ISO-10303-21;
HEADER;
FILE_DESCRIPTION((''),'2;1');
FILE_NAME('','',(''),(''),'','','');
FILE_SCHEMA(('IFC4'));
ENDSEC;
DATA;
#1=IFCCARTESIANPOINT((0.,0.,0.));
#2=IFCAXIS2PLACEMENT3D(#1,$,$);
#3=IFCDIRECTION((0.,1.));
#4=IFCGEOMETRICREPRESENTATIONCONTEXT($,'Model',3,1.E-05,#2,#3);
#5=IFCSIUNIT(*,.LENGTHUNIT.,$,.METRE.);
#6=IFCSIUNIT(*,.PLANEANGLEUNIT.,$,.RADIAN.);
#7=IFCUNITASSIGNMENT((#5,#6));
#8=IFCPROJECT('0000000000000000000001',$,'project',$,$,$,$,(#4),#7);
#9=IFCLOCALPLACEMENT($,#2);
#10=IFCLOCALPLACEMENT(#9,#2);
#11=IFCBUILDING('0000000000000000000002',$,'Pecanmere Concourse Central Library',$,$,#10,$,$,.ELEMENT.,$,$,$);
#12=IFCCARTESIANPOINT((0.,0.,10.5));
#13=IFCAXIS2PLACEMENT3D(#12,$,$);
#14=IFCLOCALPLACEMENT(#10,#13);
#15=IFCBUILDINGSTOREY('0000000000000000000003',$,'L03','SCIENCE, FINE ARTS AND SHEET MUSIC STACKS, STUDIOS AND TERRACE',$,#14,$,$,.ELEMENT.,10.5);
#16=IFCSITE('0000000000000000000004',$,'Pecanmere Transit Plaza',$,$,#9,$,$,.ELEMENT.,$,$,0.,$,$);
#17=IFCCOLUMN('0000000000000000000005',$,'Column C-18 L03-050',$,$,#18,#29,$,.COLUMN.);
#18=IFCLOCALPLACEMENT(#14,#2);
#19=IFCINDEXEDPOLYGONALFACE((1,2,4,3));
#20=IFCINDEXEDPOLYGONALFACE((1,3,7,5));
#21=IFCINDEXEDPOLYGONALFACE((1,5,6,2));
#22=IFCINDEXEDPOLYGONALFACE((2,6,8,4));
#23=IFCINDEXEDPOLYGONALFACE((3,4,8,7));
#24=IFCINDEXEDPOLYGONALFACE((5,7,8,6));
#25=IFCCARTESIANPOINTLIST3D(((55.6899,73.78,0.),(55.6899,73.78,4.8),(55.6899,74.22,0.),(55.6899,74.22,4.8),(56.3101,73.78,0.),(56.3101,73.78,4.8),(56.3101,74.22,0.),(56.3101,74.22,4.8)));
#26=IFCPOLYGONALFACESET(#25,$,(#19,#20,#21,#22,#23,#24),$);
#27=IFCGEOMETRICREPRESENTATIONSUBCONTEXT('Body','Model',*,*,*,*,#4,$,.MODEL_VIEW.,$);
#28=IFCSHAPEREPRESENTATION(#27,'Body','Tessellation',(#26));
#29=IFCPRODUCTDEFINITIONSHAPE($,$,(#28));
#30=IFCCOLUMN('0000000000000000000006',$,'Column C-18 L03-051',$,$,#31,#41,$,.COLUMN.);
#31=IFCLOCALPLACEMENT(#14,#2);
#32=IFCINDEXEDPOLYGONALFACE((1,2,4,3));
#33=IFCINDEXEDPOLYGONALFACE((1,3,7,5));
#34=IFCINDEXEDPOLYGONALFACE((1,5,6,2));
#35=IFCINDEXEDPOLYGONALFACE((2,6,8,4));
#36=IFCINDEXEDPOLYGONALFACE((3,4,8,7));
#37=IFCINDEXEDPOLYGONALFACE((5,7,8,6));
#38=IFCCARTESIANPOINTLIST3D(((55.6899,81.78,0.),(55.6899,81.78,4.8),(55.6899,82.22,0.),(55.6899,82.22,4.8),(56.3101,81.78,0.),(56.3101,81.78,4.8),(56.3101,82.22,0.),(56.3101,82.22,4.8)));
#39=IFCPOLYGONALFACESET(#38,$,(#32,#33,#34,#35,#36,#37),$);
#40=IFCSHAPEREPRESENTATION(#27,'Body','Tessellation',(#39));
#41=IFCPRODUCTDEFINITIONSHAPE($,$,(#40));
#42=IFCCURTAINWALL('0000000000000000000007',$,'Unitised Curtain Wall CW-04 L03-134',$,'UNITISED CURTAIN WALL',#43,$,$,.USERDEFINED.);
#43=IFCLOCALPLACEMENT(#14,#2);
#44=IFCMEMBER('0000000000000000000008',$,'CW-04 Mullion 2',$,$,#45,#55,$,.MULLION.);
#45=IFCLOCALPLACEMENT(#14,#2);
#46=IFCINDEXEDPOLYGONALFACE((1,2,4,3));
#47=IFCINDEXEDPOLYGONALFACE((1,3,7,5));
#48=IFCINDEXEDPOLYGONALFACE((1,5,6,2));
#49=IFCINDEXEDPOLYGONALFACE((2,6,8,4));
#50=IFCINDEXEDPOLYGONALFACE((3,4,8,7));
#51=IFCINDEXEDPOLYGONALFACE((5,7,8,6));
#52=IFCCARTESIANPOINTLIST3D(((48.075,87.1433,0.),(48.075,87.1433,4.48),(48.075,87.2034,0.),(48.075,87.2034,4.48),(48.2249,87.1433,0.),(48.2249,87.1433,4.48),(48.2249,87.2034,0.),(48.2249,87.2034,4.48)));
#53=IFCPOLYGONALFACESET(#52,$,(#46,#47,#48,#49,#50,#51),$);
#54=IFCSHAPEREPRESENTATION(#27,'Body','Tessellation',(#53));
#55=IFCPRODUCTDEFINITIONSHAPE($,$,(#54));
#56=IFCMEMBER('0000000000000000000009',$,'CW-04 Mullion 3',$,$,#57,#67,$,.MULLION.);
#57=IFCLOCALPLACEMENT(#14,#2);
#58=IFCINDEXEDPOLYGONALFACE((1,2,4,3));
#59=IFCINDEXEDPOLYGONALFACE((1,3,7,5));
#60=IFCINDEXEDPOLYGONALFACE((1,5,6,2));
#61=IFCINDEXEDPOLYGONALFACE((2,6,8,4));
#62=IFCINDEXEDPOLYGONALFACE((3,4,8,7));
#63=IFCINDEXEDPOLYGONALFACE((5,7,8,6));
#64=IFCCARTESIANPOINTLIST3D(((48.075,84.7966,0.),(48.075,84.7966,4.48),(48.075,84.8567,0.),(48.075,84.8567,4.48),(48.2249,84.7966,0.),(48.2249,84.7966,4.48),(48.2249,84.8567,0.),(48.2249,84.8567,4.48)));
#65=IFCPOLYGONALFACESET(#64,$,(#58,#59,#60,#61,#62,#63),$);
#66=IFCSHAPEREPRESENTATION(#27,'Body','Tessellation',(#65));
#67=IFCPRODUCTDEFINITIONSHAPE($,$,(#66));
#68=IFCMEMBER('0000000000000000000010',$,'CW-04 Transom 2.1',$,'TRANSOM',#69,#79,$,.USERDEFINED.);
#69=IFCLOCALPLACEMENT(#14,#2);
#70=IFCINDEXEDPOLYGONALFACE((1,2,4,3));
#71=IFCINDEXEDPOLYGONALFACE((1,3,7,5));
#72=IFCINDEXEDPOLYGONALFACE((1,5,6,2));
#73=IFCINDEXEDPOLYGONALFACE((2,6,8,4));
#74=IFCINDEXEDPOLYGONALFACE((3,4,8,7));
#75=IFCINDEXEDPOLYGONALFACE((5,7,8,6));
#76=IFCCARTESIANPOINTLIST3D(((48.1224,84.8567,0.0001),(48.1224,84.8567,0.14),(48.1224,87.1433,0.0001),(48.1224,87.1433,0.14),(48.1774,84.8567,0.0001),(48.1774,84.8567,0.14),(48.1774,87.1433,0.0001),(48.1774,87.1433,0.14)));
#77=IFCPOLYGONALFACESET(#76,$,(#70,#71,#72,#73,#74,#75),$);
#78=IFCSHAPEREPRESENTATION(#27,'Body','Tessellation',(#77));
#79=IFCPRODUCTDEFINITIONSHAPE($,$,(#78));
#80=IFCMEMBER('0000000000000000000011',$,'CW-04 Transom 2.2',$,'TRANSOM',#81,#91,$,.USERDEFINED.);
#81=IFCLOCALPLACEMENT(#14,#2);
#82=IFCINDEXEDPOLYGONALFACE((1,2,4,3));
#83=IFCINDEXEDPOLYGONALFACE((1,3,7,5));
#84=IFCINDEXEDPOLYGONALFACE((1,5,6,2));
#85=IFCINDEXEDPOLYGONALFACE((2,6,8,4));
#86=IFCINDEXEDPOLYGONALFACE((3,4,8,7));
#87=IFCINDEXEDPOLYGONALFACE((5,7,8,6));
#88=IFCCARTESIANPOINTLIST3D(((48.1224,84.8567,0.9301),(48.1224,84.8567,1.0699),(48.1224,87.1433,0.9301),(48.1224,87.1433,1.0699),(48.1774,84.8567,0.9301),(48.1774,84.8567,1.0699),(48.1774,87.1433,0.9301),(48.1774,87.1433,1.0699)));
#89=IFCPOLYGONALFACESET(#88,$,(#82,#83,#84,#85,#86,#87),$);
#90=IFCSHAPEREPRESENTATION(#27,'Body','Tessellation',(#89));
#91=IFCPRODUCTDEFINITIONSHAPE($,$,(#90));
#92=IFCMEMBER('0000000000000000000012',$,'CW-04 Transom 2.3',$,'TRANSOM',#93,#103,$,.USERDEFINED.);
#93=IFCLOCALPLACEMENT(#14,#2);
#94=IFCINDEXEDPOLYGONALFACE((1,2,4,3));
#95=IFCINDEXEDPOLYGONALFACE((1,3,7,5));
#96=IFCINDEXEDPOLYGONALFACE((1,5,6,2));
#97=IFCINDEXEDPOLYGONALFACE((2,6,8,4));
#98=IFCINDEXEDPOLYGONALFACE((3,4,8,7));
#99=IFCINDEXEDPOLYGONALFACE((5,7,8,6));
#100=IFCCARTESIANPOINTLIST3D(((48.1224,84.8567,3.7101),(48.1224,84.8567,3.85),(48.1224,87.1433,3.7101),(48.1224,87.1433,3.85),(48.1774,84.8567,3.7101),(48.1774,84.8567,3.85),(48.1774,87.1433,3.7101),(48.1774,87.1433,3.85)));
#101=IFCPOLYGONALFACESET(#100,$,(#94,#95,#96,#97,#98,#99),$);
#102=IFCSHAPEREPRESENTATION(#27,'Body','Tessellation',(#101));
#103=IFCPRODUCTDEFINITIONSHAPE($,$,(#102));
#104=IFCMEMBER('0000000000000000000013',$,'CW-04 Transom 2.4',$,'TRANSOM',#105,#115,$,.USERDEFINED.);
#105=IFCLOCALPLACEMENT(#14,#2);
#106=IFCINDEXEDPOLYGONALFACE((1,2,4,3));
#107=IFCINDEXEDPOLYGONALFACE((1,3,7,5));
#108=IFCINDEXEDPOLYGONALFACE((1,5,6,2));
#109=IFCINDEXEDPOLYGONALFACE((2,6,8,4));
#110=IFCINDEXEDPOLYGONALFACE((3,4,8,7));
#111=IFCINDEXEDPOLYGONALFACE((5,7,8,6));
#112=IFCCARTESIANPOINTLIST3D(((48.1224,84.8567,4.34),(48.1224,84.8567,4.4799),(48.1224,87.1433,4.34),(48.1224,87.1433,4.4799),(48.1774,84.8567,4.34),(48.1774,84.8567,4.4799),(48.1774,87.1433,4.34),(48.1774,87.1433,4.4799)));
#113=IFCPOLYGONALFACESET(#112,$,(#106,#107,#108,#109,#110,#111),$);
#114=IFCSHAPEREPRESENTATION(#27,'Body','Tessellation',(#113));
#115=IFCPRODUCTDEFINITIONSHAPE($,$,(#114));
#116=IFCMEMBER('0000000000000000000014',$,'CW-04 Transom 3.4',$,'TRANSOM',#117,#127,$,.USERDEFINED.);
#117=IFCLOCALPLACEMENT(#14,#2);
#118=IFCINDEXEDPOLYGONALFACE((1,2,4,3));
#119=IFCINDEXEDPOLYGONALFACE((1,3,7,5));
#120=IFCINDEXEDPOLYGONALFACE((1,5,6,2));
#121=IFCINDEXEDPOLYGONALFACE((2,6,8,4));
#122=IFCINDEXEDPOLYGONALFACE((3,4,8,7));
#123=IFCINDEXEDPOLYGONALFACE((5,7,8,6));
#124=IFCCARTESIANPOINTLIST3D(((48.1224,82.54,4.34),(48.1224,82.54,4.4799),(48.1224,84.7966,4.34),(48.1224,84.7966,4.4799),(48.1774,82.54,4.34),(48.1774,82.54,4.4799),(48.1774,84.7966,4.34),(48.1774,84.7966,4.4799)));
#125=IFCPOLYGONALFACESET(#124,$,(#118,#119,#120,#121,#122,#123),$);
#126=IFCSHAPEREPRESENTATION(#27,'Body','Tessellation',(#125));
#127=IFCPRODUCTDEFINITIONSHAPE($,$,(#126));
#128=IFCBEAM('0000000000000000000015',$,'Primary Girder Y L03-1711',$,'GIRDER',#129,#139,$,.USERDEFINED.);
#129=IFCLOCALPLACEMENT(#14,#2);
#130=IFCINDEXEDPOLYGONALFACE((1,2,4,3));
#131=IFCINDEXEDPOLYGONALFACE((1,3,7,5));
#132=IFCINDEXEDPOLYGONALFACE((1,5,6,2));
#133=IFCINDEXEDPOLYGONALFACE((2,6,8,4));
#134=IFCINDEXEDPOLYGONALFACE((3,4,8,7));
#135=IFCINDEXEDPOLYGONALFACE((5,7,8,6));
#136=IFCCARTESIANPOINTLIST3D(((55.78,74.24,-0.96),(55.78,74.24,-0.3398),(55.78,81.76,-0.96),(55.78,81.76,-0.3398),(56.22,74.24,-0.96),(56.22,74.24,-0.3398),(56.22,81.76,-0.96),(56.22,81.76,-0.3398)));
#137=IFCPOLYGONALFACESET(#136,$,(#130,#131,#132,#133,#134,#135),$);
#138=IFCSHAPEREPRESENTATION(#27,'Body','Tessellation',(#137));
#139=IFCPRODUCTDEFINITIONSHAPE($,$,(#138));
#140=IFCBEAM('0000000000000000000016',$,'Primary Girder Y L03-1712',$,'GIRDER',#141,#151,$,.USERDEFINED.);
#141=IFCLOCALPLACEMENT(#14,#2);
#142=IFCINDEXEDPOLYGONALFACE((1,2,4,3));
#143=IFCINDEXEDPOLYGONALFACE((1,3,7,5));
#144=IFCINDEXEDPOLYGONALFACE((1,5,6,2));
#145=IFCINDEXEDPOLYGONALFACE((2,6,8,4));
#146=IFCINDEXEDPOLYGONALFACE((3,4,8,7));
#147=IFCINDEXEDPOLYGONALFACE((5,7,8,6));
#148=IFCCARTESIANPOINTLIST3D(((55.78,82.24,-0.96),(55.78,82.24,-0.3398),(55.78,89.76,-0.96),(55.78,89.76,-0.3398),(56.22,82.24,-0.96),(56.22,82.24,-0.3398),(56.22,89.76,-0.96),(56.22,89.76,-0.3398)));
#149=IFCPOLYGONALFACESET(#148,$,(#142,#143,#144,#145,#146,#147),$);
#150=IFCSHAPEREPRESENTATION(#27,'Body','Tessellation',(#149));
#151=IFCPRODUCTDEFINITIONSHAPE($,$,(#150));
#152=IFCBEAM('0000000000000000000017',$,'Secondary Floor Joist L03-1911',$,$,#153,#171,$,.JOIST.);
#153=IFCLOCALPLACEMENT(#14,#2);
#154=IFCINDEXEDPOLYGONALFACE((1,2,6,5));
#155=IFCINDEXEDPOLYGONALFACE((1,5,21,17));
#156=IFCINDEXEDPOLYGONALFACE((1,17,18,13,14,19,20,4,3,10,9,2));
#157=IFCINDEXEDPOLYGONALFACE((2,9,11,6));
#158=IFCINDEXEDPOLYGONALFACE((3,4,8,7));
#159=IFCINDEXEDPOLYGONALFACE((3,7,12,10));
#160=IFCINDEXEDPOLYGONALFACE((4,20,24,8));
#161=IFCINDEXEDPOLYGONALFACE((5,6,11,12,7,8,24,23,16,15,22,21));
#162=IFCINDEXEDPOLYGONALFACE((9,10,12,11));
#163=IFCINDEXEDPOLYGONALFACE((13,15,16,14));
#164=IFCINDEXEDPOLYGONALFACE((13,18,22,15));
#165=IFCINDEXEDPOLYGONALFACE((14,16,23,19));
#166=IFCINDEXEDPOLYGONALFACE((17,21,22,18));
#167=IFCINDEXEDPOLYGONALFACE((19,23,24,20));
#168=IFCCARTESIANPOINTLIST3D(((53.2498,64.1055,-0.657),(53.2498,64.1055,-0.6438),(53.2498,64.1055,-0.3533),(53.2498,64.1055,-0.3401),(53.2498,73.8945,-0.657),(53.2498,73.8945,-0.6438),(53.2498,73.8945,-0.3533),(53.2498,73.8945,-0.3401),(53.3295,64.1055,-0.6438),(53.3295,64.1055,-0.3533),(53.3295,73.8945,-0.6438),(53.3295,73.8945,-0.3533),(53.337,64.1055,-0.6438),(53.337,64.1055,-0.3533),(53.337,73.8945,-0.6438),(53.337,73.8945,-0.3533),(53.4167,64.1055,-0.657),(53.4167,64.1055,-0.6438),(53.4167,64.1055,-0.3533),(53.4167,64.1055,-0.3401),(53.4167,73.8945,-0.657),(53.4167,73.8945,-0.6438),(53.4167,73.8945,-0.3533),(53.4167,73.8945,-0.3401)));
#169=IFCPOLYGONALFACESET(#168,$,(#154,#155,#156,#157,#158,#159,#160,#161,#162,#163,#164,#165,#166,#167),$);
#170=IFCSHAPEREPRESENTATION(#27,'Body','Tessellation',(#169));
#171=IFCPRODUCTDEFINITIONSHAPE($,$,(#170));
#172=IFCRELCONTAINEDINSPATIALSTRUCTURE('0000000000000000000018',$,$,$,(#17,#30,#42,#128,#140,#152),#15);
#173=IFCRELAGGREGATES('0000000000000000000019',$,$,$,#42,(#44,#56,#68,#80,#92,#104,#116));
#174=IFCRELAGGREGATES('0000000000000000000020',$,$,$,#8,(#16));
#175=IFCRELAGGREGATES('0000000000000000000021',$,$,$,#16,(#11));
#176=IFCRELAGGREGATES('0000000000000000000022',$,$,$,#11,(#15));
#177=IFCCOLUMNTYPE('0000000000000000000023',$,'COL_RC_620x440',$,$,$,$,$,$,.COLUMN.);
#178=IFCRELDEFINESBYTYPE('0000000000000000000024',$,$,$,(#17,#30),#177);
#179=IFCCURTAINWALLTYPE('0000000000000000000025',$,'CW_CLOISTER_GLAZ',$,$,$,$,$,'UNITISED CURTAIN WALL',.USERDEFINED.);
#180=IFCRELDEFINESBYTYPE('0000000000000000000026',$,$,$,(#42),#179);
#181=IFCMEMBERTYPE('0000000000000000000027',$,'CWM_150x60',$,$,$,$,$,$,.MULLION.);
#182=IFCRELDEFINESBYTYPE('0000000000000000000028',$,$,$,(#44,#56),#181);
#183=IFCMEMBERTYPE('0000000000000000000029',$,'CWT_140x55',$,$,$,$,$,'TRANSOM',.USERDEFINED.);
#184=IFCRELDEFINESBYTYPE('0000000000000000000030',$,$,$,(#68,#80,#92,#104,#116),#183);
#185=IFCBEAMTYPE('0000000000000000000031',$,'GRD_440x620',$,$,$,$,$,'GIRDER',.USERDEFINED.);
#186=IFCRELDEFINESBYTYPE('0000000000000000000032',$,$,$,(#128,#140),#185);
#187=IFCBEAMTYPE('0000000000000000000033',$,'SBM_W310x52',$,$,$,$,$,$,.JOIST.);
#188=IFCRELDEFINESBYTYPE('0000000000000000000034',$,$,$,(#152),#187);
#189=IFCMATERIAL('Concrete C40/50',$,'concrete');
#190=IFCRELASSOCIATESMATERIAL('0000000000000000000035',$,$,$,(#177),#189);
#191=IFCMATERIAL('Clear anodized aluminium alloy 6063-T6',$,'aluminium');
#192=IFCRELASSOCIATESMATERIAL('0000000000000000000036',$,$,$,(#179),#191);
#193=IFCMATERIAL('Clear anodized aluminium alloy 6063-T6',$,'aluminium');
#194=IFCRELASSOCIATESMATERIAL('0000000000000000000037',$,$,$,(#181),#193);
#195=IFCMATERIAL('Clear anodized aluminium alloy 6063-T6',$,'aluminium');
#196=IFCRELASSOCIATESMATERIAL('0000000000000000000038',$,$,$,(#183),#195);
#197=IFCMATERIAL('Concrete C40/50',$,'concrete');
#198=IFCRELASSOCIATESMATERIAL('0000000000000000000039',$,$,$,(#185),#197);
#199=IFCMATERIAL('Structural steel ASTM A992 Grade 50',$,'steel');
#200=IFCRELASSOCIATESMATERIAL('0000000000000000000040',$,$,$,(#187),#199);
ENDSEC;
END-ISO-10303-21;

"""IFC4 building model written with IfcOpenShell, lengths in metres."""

from ifc_helpers import new_model, si_unit, direction, frame, origin, origin_2d, place, context, subcontext, project, spatial, rectangle, i_section, extrude, material, material_profile, profile_set, type_object, element, aggregate, save


model = new_model("IFC4")

# Units and contexts
model_context = context("Model", 3, precision=1e-05, world=origin(), true_north=direction((0.0, 1.0)))
body_context = subcontext(model_context, "Body", "Model", "MODEL_VIEW")
ifc_project = project(units=[si_unit("LENGTHUNIT", "METRE"), si_unit("PLANEANGLEUNIT", "RADIAN")], contexts=[model_context])

# Site, building, storey
site_placement = place(None, origin())
site = spatial("IfcSite", under=ifc_project, at=site_placement, Name="Pecanmere Transit Plaza", CompositionType="ELEMENT", RefElevation=0.0)
building_placement = place(site_placement, origin())
building = spatial("IfcBuilding", under=site, at=building_placement, Name="Pecanmere Concourse Central Library", CompositionType="ELEMENT")
storey_placement = place(building_placement, frame((0.0, 0.0, 10.5)))
storey = spatial("IfcBuildingStorey", under=building, at=storey_placement, Name="L03", Description="SCIENCE, FINE ARTS AND SHEET MUSIC STACKS, STUDIOS AND TERRACE", CompositionType="ELEMENT", Elevation=10.5)

# Columns
ifc_material_1 = material(Name="Concrete C40/50", Category="concrete")
ifc_material_profile_1 = material_profile(ifc_material_1, rectangle(XDim=0.6201, YDim=0.4399, at=origin_2d()), Name="RC 620x440")
ifc_profile_set_1 = profile_set([ifc_material_profile_1], Name="Concrete C40/50")
column_type = type_object("IfcColumnType", Name="COL_RC_620x440", PredefinedType="COLUMN", material=ifc_profile_set_1)
for number, where, z_axis, x_axis, name in (
    (1, (56.0, 74.0, 0.0), (0.0, 0.0, 1.0), (1.0, 0.0, 0.0), "Column C-18 L03-050"),
    (2, (56.0, 82.0, 0.0), (0.0, 0.0, 1.0), (1.0, 0.0, 0.0), "Column C-18 L03-051"),
):
    element("IfcColumn", number, at=place(storey_placement, frame(where, z_axis=z_axis, x_axis=x_axis)), inside=storey, type_object=column_type, Name=name, PredefinedType="COLUMN", context=body_context, shape_type="SweptSolid", body=[
        extrude(rectangle(XDim=0.6201, YDim=0.4399, at=origin_2d()), origin(), (0.0, 0.0, 1.0), 4.8),
    ])

# Curtain wall, members
ifc_material_2 = material(Name="Clear anodized aluminium alloy 6063-T6", Category="aluminium")
curtain_wall_type = type_object("IfcCurtainWallType", Name="CW_CLOISTER_GLAZ", ElementType="UNITISED CURTAIN WALL", PredefinedType="USERDEFINED", material=ifc_material_2)
curtain_wall_placement = place(storey_placement, origin())
curtain_wall = element("IfcCurtainWall", 3, at=curtain_wall_placement, inside=storey, type_object=curtain_wall_type, Name="Unitised Curtain Wall CW-04 L03-134", ObjectType="UNITISED CURTAIN WALL", PredefinedType="USERDEFINED")
ifc_material_3 = material(Name="Clear anodized aluminium alloy 6063-T6", Category="aluminium")
ifc_material_profile_2 = material_profile(ifc_material_3, rectangle(XDim=0.0601, YDim=0.1499, at=origin_2d()), Name="AL 60x150")
ifc_profile_set_2 = profile_set([ifc_material_profile_2], Name="Clear anodized aluminium alloy 6063-T6")
member_type_1 = type_object("IfcMemberType", Name="CWM_150x60", PredefinedType="MULLION", material=ifc_profile_set_2)
member_1_placement = place(storey_placement, frame((48.1499, 87.1733, 0.0), z_axis=(0.0, 0.0, 1.0), x_axis=(0.0, -1.0, 0.0)))
member_1 = element("IfcMember", 4, at=member_1_placement, type_object=member_type_1, Name="CW-04 Mullion 2", PredefinedType="MULLION", context=body_context, shape_type="SweptSolid", body=[
    extrude(rectangle(XDim=0.0601, YDim=0.1499, at=origin_2d()), origin(), (0.0, 0.0, 1.0), 4.48),
])
member_2_placement = place(storey_placement, frame((48.1499, 84.8267, 0.0), z_axis=(0.0, 0.0, 1.0), x_axis=(0.0, -1.0, 0.0)))
member_2 = element("IfcMember", 5, at=member_2_placement, type_object=member_type_1, Name="CW-04 Mullion 3", PredefinedType="MULLION", context=body_context, shape_type="SweptSolid", body=[
    extrude(rectangle(XDim=0.0601, YDim=0.1499, at=origin_2d()), origin(), (0.0, 0.0, 1.0), 4.48),
])
ifc_material_4 = material(Name="Clear anodized aluminium alloy 6063-T6", Category="aluminium")
ifc_material_profile_3 = material_profile(ifc_material_4, rectangle(XDim=0.0549, YDim=0.1399, at=origin_2d()), Name="AL 55x140")
ifc_profile_set_3 = profile_set([ifc_material_profile_3], Name="Clear anodized aluminium alloy 6063-T6")
member_type_2 = type_object("IfcMemberType", Name="CWT_140x55", ElementType="TRANSOM", PredefinedType="USERDEFINED", material=ifc_profile_set_3)
member_3_placement = place(storey_placement, frame((48.1499, 87.1433, 0.0701), z_axis=(0.0, -1.0, 0.0), x_axis=(1.0, 0.0, 0.0)))
member_3 = element("IfcMember", 6, at=member_3_placement, type_object=member_type_2, Name="CW-04 Transom 2.1", ObjectType="TRANSOM", PredefinedType="USERDEFINED", context=body_context, shape_type="SweptSolid", body=[
    extrude(rectangle(XDim=0.0549, YDim=0.1399, at=origin_2d()), origin(), (0.0, 0.0, 1.0), 2.2866),
])
member_4_placement = place(storey_placement, frame((48.1499, 87.1433, 1.0), z_axis=(0.0, -1.0, 0.0), x_axis=(1.0, 0.0, 0.0)))
member_4 = element("IfcMember", 7, at=member_4_placement, type_object=member_type_2, Name="CW-04 Transom 2.2", ObjectType="TRANSOM", PredefinedType="USERDEFINED", context=body_context, shape_type="SweptSolid", body=[
    extrude(rectangle(XDim=0.0549, YDim=0.1399, at=origin_2d()), origin(), (0.0, 0.0, 1.0), 2.2866),
])
member_5_placement = place(storey_placement, frame((48.1499, 87.1433, 3.78), z_axis=(0.0, -1.0, 0.0), x_axis=(1.0, 0.0, 0.0)))
member_5 = element("IfcMember", 8, at=member_5_placement, type_object=member_type_2, Name="CW-04 Transom 2.3", ObjectType="TRANSOM", PredefinedType="USERDEFINED", context=body_context, shape_type="SweptSolid", body=[
    extrude(rectangle(XDim=0.0549, YDim=0.1399, at=origin_2d()), origin(), (0.0, 0.0, 1.0), 2.2866),
])
member_6_placement = place(storey_placement, frame((48.1499, 87.1433, 4.4099), z_axis=(0.0, -1.0, 0.0), x_axis=(1.0, 0.0, 0.0)))
member_6 = element("IfcMember", 9, at=member_6_placement, type_object=member_type_2, Name="CW-04 Transom 2.4", ObjectType="TRANSOM", PredefinedType="USERDEFINED", context=body_context, shape_type="SweptSolid", body=[
    extrude(rectangle(XDim=0.0549, YDim=0.1399, at=origin_2d()), origin(), (0.0, 0.0, 1.0), 2.2866),
])
member_7_placement = place(storey_placement, frame((48.1499, 84.7966, 4.4099), z_axis=(0.0, -1.0, 0.0), x_axis=(1.0, 0.0, 0.0)))
member_7 = element("IfcMember", 10, at=member_7_placement, type_object=member_type_2, Name="CW-04 Transom 3.4", ObjectType="TRANSOM", PredefinedType="USERDEFINED", context=body_context, shape_type="SweptSolid", body=[
    extrude(rectangle(XDim=0.0549, YDim=0.1399, at=origin_2d()), origin(), (0.0, 0.0, 1.0), 2.2566),
])

# Beams
ifc_material_5 = material(Name="Concrete C40/50", Category="concrete")
ifc_material_profile_4 = material_profile(ifc_material_5, rectangle(XDim=0.4399, YDim=0.6201, at=origin_2d()), Name="RC 440x620")
ifc_profile_set_4 = profile_set([ifc_material_profile_4], Name="Concrete C40/50")
beam_type_1 = type_object("IfcBeamType", Name="GRD_440x620", ElementType="GIRDER", PredefinedType="USERDEFINED", material=ifc_profile_set_4)
for number, where, z_axis, x_axis, name in (
    (11, (56.0, 74.24, -0.6499), (0.0, 1.0, 0.0), (-1.0, 0.0, 0.0), "Primary Girder Y L03-1711"),
    (12, (56.0, 82.24, -0.6499), (0.0, 1.0, 0.0), (-1.0, 0.0, 0.0), "Primary Girder Y L03-1712"),
):
    element("IfcBeam", number, at=place(storey_placement, frame(where, z_axis=z_axis, x_axis=x_axis)), inside=storey, type_object=beam_type_1, Name=name, ObjectType="GIRDER", PredefinedType="USERDEFINED", context=body_context, shape_type="SweptSolid", body=[
        extrude(rectangle(XDim=0.4399, YDim=0.6201, at=origin_2d()), origin(), (0.0, 0.0, 1.0), 7.52),
    ])
ifc_material_6 = material(Name="Structural steel ASTM A992 Grade 50", Category="steel")
ifc_material_profile_5 = material_profile(ifc_material_6, i_section(OverallWidth=0.167, OverallDepth=0.3169, WebThickness=0.0076, FlangeThickness=0.0132, at=origin_2d()), Name="W310x52")
ifc_profile_set_5 = profile_set([ifc_material_profile_5], Name="Structural steel ASTM A992 Grade 50")
beam_type_2 = type_object("IfcBeamType", Name="SBM_W310x52", PredefinedType="JOIST", material=ifc_profile_set_5)
beam_1_placement = place(storey_placement, frame((53.3333, 64.1055, -0.4985), z_axis=(0.0, 1.0, 0.0), x_axis=(-1.0, 0.0, 0.0)))
element("IfcBeam", 13, at=beam_1_placement, inside=storey, type_object=beam_type_2, Name="Secondary Floor Joist L03-1911", PredefinedType="JOIST", context=body_context, shape_type="SweptSolid", body=[
    extrude(i_section(OverallWidth=0.167, OverallDepth=0.3169, WebThickness=0.0076, FlangeThickness=0.0132, at=origin_2d()), origin(), (0.0, 0.0, 1.0), 9.7891),
])

aggregate(curtain_wall, [member_1, member_2, member_3, member_4, member_5, member_6, member_7])

save(model, "model.ifc")
